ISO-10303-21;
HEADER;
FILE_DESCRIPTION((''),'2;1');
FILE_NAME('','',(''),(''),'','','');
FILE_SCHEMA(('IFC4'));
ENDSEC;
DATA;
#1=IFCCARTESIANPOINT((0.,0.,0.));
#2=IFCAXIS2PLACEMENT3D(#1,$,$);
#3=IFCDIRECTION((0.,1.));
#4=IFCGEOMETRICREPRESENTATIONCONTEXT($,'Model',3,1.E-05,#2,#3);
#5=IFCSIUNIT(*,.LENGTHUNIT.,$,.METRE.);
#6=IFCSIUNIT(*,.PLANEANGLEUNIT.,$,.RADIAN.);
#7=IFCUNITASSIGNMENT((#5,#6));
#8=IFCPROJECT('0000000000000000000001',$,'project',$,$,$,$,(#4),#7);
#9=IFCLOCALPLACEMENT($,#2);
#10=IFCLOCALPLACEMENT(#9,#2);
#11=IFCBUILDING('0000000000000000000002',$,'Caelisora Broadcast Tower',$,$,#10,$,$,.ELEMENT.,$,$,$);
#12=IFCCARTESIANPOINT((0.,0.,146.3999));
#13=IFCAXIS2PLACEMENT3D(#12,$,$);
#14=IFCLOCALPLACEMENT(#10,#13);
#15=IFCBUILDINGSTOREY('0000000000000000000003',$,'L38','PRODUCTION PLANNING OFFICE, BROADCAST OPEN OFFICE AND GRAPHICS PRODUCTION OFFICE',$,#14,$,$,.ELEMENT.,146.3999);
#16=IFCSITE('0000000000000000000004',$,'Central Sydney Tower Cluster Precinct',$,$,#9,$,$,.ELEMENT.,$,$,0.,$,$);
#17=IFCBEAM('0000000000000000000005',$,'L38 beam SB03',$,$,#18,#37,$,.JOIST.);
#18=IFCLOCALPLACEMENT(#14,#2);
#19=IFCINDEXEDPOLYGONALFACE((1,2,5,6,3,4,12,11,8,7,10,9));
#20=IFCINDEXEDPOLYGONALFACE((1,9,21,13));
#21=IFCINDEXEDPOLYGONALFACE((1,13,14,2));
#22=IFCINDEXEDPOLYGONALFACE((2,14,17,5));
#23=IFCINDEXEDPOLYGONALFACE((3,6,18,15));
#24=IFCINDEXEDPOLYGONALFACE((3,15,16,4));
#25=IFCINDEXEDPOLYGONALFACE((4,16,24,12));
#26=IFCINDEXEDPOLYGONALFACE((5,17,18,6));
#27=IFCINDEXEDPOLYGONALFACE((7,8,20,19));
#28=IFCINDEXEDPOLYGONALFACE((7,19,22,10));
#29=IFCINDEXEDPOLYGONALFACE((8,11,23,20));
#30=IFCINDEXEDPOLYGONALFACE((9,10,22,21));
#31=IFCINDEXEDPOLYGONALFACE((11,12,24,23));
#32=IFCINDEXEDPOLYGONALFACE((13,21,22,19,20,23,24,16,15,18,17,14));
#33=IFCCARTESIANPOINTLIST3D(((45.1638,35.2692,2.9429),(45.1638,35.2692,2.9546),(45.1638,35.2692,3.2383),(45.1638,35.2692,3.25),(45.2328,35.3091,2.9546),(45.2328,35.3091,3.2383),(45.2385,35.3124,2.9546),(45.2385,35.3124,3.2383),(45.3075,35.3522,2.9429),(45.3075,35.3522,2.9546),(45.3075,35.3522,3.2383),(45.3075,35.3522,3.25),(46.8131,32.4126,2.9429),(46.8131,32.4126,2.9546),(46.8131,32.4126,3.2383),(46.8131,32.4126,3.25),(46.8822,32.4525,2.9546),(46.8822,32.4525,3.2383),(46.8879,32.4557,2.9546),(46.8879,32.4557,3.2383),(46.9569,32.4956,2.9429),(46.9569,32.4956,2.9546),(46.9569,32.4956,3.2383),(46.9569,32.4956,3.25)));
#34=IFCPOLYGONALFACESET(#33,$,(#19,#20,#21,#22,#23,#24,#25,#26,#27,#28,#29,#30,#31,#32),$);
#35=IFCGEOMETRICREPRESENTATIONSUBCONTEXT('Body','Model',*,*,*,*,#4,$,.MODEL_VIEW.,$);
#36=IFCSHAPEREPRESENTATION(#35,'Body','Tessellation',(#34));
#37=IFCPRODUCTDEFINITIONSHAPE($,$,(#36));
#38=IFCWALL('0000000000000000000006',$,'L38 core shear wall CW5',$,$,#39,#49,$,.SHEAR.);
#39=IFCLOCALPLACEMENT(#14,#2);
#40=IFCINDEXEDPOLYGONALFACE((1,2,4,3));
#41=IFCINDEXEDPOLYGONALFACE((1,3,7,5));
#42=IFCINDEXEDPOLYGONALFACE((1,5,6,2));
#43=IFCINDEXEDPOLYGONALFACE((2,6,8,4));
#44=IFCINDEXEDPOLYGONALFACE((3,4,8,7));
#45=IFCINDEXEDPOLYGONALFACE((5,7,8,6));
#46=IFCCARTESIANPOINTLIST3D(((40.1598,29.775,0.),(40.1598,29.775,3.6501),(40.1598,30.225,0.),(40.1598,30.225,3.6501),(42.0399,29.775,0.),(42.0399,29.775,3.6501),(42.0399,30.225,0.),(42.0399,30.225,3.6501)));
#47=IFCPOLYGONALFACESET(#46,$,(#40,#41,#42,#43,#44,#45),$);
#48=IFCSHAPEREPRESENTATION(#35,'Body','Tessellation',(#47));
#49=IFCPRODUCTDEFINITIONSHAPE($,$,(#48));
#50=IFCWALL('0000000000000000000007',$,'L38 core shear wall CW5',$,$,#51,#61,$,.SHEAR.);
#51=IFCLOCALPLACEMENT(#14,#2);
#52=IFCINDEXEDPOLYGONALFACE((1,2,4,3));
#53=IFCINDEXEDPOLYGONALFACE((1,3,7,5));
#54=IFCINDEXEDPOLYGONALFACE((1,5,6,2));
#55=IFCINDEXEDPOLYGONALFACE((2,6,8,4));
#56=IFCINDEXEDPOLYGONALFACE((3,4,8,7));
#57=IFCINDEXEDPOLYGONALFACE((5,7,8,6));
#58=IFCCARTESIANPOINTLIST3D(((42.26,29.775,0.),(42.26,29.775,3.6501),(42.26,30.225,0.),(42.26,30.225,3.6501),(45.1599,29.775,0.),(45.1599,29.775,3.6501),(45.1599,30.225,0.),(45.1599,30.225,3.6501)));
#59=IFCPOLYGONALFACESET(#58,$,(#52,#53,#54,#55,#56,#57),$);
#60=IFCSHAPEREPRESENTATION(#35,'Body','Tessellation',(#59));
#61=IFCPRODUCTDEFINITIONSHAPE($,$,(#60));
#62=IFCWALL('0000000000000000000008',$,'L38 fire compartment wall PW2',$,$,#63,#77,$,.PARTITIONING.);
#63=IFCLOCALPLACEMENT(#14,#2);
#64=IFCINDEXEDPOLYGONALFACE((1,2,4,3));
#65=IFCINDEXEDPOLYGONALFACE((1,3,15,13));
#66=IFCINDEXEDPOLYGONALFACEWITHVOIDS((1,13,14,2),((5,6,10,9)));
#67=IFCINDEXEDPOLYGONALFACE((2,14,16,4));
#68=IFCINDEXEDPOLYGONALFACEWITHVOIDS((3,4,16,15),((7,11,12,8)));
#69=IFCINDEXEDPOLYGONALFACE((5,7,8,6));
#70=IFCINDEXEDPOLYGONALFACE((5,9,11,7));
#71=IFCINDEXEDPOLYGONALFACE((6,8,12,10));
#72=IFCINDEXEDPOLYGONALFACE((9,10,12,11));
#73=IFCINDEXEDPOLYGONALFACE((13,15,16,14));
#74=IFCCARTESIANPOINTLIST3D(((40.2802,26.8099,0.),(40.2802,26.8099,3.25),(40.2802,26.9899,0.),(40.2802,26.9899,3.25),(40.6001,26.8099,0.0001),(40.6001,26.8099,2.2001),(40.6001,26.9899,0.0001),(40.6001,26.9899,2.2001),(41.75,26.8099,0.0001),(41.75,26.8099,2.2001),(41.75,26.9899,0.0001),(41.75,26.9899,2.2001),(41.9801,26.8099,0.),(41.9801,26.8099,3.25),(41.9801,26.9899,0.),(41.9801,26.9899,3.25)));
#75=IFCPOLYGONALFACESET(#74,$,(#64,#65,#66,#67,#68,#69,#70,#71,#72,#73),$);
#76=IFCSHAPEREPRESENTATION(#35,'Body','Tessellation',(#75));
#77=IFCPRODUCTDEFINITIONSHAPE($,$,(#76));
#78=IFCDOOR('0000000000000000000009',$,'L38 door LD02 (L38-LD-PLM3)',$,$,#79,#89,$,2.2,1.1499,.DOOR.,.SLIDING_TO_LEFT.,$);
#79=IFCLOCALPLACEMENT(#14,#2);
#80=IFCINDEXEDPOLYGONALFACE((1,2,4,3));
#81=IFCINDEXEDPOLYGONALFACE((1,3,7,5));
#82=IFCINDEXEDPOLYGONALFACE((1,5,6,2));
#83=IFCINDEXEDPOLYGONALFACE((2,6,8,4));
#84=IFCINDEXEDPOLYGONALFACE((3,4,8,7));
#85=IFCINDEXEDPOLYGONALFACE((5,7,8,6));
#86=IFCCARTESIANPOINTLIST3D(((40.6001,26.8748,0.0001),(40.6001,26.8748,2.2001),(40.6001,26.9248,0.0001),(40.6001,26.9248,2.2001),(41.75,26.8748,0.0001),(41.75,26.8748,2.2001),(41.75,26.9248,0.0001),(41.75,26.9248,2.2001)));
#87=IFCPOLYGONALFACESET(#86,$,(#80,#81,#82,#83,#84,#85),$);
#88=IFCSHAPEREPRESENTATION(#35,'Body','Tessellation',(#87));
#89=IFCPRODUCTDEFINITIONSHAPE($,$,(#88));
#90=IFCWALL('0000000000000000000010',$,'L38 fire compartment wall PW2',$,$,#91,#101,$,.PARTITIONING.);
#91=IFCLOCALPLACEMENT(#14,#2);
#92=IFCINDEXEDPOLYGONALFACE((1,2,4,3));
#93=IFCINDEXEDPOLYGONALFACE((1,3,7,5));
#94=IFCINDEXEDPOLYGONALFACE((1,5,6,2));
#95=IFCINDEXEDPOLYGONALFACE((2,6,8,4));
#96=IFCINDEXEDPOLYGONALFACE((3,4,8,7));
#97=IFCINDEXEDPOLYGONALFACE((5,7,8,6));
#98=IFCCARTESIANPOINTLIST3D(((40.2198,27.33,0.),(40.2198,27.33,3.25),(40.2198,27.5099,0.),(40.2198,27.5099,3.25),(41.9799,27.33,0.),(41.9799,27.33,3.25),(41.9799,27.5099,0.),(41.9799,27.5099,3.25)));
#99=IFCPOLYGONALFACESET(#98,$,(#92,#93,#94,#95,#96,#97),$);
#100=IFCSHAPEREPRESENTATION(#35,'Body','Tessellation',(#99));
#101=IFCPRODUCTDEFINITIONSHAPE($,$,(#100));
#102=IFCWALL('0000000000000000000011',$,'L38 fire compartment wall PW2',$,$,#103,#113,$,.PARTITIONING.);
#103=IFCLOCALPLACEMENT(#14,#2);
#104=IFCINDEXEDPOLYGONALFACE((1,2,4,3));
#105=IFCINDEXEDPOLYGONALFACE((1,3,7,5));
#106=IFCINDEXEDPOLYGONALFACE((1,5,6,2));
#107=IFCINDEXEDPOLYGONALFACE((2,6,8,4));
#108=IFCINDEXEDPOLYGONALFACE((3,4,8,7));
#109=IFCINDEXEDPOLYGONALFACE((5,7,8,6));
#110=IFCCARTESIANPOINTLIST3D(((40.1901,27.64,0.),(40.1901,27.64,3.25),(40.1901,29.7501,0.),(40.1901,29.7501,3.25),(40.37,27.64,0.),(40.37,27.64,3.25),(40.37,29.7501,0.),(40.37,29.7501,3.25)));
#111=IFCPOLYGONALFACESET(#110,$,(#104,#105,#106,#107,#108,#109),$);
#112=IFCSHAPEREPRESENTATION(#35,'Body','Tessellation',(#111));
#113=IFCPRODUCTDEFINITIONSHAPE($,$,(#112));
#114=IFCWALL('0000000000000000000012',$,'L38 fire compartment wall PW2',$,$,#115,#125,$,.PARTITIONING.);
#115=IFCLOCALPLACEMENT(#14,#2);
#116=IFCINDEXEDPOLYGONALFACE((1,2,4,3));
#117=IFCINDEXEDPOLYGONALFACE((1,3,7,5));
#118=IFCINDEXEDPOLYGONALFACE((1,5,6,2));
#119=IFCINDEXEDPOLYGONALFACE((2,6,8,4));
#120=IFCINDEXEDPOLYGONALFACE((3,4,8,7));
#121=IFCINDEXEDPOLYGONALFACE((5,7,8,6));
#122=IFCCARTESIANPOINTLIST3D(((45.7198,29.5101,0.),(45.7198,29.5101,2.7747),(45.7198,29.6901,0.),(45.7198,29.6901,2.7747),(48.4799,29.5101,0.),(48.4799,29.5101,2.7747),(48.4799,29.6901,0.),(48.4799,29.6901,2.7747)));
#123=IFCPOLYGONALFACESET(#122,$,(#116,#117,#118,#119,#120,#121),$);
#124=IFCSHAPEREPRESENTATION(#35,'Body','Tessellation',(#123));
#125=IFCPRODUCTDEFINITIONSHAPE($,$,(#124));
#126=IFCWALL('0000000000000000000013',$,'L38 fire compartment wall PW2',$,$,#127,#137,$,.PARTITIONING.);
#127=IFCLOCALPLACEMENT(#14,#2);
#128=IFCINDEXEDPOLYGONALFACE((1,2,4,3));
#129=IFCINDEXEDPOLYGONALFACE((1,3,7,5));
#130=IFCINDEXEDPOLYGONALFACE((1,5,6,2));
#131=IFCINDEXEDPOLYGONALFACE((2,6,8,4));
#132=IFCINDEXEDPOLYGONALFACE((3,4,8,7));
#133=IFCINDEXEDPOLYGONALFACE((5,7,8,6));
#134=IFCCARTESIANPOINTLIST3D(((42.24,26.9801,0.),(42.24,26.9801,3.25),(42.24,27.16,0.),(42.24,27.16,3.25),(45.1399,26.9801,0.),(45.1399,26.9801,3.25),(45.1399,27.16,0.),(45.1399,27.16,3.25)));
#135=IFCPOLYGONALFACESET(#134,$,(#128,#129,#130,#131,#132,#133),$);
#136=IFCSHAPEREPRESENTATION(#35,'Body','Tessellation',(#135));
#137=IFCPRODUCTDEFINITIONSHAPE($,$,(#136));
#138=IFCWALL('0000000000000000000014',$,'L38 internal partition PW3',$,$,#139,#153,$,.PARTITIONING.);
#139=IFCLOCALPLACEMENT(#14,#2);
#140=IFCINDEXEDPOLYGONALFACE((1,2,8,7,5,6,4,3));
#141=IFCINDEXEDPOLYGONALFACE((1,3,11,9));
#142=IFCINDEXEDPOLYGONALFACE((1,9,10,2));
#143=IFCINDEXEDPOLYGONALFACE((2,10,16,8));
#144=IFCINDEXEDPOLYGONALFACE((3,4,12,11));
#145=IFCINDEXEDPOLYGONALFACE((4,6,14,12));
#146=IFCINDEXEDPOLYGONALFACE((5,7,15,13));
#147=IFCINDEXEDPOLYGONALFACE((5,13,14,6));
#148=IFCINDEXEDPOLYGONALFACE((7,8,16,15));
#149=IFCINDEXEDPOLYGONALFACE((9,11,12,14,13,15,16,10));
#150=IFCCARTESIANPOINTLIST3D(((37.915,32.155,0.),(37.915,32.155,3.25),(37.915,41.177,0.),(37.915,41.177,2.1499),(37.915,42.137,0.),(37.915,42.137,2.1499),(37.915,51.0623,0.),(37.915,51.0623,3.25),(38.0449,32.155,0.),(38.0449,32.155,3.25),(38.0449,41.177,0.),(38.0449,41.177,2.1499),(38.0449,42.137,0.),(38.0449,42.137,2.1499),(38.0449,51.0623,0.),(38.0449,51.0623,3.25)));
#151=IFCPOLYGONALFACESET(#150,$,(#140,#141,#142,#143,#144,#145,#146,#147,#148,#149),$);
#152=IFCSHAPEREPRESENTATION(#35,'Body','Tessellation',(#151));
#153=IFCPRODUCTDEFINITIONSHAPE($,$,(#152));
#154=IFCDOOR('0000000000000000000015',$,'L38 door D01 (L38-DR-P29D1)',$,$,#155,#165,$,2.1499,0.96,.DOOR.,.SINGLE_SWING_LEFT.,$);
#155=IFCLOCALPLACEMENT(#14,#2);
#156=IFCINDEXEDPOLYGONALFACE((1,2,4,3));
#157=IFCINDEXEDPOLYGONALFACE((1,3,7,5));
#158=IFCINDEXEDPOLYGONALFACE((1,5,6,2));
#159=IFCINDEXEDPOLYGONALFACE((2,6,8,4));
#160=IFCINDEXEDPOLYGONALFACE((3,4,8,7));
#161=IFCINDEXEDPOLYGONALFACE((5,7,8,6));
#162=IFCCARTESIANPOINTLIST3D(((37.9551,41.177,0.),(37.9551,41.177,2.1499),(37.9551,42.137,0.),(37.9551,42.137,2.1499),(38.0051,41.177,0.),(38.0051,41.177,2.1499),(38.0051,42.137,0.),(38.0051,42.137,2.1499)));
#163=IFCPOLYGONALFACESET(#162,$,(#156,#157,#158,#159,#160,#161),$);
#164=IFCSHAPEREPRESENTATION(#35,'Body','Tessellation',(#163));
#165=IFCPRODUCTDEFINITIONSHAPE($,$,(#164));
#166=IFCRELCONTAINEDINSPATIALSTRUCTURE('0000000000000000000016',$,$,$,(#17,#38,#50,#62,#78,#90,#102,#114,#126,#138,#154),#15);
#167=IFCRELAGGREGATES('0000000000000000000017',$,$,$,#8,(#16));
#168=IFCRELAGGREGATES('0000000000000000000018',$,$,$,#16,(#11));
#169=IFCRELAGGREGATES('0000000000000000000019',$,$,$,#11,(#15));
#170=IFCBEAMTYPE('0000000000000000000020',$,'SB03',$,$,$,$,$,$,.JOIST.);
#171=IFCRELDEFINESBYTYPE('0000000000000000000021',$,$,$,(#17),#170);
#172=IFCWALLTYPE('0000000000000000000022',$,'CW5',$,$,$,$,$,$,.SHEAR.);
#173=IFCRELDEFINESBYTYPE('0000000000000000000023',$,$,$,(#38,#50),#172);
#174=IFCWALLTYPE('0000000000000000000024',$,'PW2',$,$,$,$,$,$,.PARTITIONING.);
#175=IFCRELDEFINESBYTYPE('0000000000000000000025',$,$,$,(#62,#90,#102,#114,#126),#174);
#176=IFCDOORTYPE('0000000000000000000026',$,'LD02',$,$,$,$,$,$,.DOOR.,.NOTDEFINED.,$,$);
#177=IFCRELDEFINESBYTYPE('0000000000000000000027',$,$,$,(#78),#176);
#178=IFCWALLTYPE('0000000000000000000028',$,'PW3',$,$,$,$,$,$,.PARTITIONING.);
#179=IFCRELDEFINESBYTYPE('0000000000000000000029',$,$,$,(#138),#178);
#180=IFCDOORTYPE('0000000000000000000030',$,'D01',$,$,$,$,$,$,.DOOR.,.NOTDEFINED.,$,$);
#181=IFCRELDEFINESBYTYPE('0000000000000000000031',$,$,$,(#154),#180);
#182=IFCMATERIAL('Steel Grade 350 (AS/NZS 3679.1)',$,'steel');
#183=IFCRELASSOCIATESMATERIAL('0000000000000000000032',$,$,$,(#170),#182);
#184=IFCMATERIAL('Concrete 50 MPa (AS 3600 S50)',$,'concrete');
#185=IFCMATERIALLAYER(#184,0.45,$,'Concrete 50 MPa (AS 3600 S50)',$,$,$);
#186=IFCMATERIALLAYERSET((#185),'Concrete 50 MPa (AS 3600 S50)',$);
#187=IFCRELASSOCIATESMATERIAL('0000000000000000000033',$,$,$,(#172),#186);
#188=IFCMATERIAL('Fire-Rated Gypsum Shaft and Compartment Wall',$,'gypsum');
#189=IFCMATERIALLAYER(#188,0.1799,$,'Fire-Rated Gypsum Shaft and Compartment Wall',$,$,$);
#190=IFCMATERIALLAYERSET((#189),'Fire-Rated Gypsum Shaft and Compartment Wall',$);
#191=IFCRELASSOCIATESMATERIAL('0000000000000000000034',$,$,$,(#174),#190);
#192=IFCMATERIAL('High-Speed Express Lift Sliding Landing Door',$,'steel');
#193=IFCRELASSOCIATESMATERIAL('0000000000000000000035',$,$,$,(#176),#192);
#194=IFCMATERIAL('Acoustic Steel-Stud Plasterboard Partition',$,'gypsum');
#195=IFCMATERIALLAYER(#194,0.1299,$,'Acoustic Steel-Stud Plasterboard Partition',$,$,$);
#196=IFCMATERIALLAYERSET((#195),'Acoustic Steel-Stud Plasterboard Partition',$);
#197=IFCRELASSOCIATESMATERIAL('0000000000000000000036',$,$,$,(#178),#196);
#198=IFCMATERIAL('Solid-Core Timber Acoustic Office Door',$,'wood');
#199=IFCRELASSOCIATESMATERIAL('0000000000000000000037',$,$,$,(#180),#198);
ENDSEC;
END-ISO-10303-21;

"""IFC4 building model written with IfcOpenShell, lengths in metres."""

from ifc_helpers import new_model, si_unit, direction, frame, frame_2d, origin, origin_2d, place, context, subcontext, project, spatial, rectangle, i_section, extrude, source, transform, mapped, material, layer, layer_set, material_profile, profile_set, type_object, element, fill, save


model = new_model("IFC4")

# Units and contexts
model_context = context("Model", 3, precision=1e-05, world=origin(), true_north=direction((0.0, 1.0)))
body_context = subcontext(model_context, "Body", "Model", "MODEL_VIEW")
ifc_project = project(units=[si_unit("LENGTHUNIT", "METRE"), si_unit("PLANEANGLEUNIT", "RADIAN")], contexts=[model_context])

# Site, building, storey
site_placement = place(None, origin())
site = spatial("IfcSite", under=ifc_project, at=site_placement, Name="Central Sydney Tower Cluster Precinct", CompositionType="ELEMENT", RefElevation=0.0)
building_placement = place(site_placement, origin())
building = spatial("IfcBuilding", under=site, at=building_placement, Name="Caelisora Broadcast Tower", CompositionType="ELEMENT")
storey_placement = place(building_placement, frame((0.0, 0.0, 146.3999)))
storey = spatial("IfcBuildingStorey", under=building, at=storey_placement, Name="L38", Description="PRODUCTION PLANNING OFFICE, BROADCAST OPEN OFFICE AND GRAPHICS PRODUCTION OFFICE", CompositionType="ELEMENT", Elevation=146.3999)

# Beam
ifc_material_1 = material(Name="Steel Grade 350 (AS/NZS 3679.1)", Category="steel")
ifc_material_profile_1 = material_profile(ifc_material_1, i_section(OverallWidth=0.166, OverallDepth=0.3071, WebThickness=0.0066, FlangeThickness=0.0117, at=origin_2d()), Name="Steel Grade 350 (AS/NZS 3679.1)")
ifc_profile_set_1 = profile_set([ifc_material_profile_1], Name="Steel Grade 350 (AS/NZS 3679.1)")
beam_type_1 = type_object("IfcBeamType", Name="SB03", PredefinedType="JOIST", material=ifc_profile_set_1)
shared_shape_1 = source(origin(), body_context, "Body", "SweptSolid", [
    extrude(i_section(OverallWidth=0.166, OverallDepth=0.3071, WebThickness=0.0066, FlangeThickness=0.0117, at=origin_2d()), origin(), (0.0, 0.0, 1.0), 3.2986),
])
beam_1_placement = place(storey_placement, frame((46.885, 32.4541, 3.0964), z_axis=(-0.500024, 0.866012, 0.0), x_axis=(-0.866012, -0.500024, 0.0)))
element("IfcBeam", 1, at=beam_1_placement, inside=storey, type_object=beam_type_1, Name="L38 beam SB03", PredefinedType="JOIST", context=body_context, shape_type="MappedRepresentation", body=[
    mapped(shared_shape_1, transform((0.0, 0.0, 0.0), scale=1.0)),
])

# Walls
ifc_material_2 = material(Name="Concrete 50 MPa (AS 3600 S50)", Category="concrete")
ifc_layer_1 = layer(ifc_material_2, 0.45, Name="Concrete 50 MPa (AS 3600 S50)")
ifc_layer_set_1 = layer_set([ifc_layer_1], Name="Concrete 50 MPa (AS 3600 S50)")
wall_type_1 = type_object("IfcWallType", Name="CW5", PredefinedType="SHEAR", material=ifc_layer_set_1)
wall_1_placement = place(storey_placement, frame((40.1599, 30.0, 0.0), z_axis=(0.0, 0.0, 1.0), x_axis=(1.0, 0.0, 0.0)))
element("IfcWall", 2, at=wall_1_placement, inside=storey, type_object=wall_type_1, Name="L38 core shear wall CW5", PredefinedType="SHEAR", context=body_context, shape_type="SweptSolid", body=[
    extrude(rectangle(XDim=1.8801, YDim=0.45, at=frame_2d((0.9399, 0.0))), origin(), (0.0, 0.0, 1.0), 3.6501),
])
wall_2_placement = place(storey_placement, frame((42.26, 30.0, 0.0), z_axis=(0.0, 0.0, 1.0), x_axis=(1.0, 0.0, 0.0)))
element("IfcWall", 3, at=wall_2_placement, inside=storey, type_object=wall_type_1, Name="L38 core shear wall CW5", PredefinedType="SHEAR", context=body_context, shape_type="SweptSolid", body=[
    extrude(rectangle(XDim=2.8999, YDim=0.45, at=frame_2d((1.45, 0.0))), origin(), (0.0, 0.0, 1.0), 3.6501),
])

# Wall, opening, door
ifc_material_3 = material(Name="Fire-Rated Gypsum Shaft and Compartment Wall", Category="gypsum")
ifc_layer_2 = layer(ifc_material_3, 0.1799, Name="Fire-Rated Gypsum Shaft and Compartment Wall")
ifc_layer_set_2 = layer_set([ifc_layer_2], Name="Fire-Rated Gypsum Shaft and Compartment Wall")
wall_type_2 = type_object("IfcWallType", Name="PW2", PredefinedType="PARTITIONING", material=ifc_layer_set_2)
wall_3_placement = place(storey_placement, frame((40.28, 26.8999, 0.0), z_axis=(0.0, 0.0, 1.0), x_axis=(1.0, 0.0, 0.0)))
wall_3 = element("IfcWall", 4, at=wall_3_placement, inside=storey, type_object=wall_type_2, Name="L38 fire compartment wall PW2", PredefinedType="PARTITIONING", context=body_context, shape_type="SweptSolid", body=[
    extrude(rectangle(XDim=1.7, YDim=0.1799, at=frame_2d((0.8501, 0.0))), origin(), (0.0, 0.0, 1.0), 3.25),
])
opening_1_placement = place(wall_3_placement, frame((0.3201, 0.0, 0.0)))
opening_1 = element("IfcOpeningElement", 5, at=opening_1_placement, cuts=wall_3, PredefinedType="OPENING", context=body_context, shape_type="SweptSolid", body=[
    extrude(rectangle(XDim=1.1499, YDim=2.2, at=frame_2d((0.575, 1.1001))), frame((0.0, 0.1021, 0.0), z_axis=(0.0, -1.0, 0.0), x_axis=(1.0, 0.0, 0.0)), (0.0, 0.0, 1.0), 0.2039),
])
ifc_material_4 = material(Name="High-Speed Express Lift Sliding Landing Door", Category="steel")
door_type_1 = type_object("IfcDoorType", Name="LD02", OperationType="NOTDEFINED", PredefinedType="DOOR", material=ifc_material_4)
door_1_placement = place(opening_1_placement, origin())
door_1 = element("IfcDoor", 6, at=door_1_placement, inside=storey, type_object=door_type_1, Name="L38 door LD02 (L38-LD-PLM3)", OperationType="SLIDING_TO_LEFT", OverallHeight=2.2, OverallWidth=1.1499, PredefinedType="DOOR", context=body_context, shape_type="SweptSolid", body=[
    extrude(rectangle(XDim=1.1499, YDim=2.2, at=frame_2d((0.575, 1.1001))), frame((0.0, 0.0249, 0.0), z_axis=(0.0, -1.0, 0.0), x_axis=(1.0, 0.0, 0.0)), (0.0, 0.0, 1.0), 0.05),
])
fill(opening_1, door_1)

# Walls
wall_4_placement = place(storey_placement, frame((40.22, 27.4199, 0.0), z_axis=(0.0, 0.0, 1.0), x_axis=(1.0, 0.0, 0.0)))
element("IfcWall", 7, at=wall_4_placement, inside=storey, type_object=wall_type_2, Name="L38 fire compartment wall PW2", PredefinedType="PARTITIONING", context=body_context, shape_type="SweptSolid", body=[
    extrude(rectangle(XDim=1.76, YDim=0.1799, at=frame_2d((0.8799, 0.0))), origin(), (0.0, 0.0, 1.0), 3.25),
])
wall_5_placement = place(storey_placement, frame((40.28, 27.6399, 0.0), z_axis=(0.0, 0.0, 1.0), x_axis=(0.0, 1.0, 0.0)))
element("IfcWall", 8, at=wall_5_placement, inside=storey, type_object=wall_type_2, Name="L38 fire compartment wall PW2", PredefinedType="PARTITIONING", context=body_context, shape_type="SweptSolid", body=[
    extrude(rectangle(XDim=2.1101, YDim=0.1799, at=frame_2d((1.0552, 0.0))), origin(), (0.0, 0.0, 1.0), 3.25),
])
wall_6_placement = place(storey_placement, frame((45.72, 29.6001, 0.0), z_axis=(0.0, 0.0, 1.0), x_axis=(1.0, 0.0, 0.0)))
element("IfcWall", 9, at=wall_6_placement, inside=storey, type_object=wall_type_2, Name="L38 fire compartment wall PW2", PredefinedType="PARTITIONING", context=body_context, shape_type="SweptSolid", body=[
    extrude(rectangle(XDim=2.76, YDim=0.1799, at=frame_2d((1.3799, 0.0))), origin(), (0.0, 0.0, 1.0), 2.7747),
])
wall_7_placement = place(storey_placement, frame((42.24, 27.0701, 0.0), z_axis=(0.0, 0.0, 1.0), x_axis=(1.0, 0.0, 0.0)))
element("IfcWall", 10, at=wall_7_placement, inside=storey, type_object=wall_type_2, Name="L38 fire compartment wall PW2", PredefinedType="PARTITIONING", context=body_context, shape_type="SweptSolid", body=[
    extrude(rectangle(XDim=2.8999, YDim=0.1799, at=frame_2d((1.45, 0.0))), origin(), (0.0, 0.0, 1.0), 3.25),
])

# Wall, opening, door
ifc_material_5 = material(Name="Acoustic Steel-Stud Plasterboard Partition", Category="gypsum")
ifc_layer_3 = layer(ifc_material_5, 0.1299, Name="Acoustic Steel-Stud Plasterboard Partition")
ifc_layer_set_3 = layer_set([ifc_layer_3], Name="Acoustic Steel-Stud Plasterboard Partition")
wall_type_3 = type_object("IfcWallType", Name="PW3", PredefinedType="PARTITIONING", material=ifc_layer_set_3)
wall_8_placement = place(storey_placement, frame((37.98, 32.155, 0.0), z_axis=(0.0, 0.0, 1.0), x_axis=(0.0, 1.0, 0.0)))
wall_8 = element("IfcWall", 11, at=wall_8_placement, inside=storey, type_object=wall_type_3, Name="L38 internal partition PW3", PredefinedType="PARTITIONING", context=body_context, shape_type="SweptSolid", body=[
    extrude(rectangle(XDim=18.9072, YDim=0.1299, at=frame_2d((9.4536, 0.0))), origin(), (0.0, 0.0, 1.0), 3.25),
])
opening_2_placement = place(wall_8_placement, frame((9.022, 0.0, 0.0)))
opening_2 = element("IfcOpeningElement", 12, at=opening_2_placement, cuts=wall_8, PredefinedType="OPENING", context=body_context, shape_type="SweptSolid", body=[
    extrude(rectangle(XDim=0.96, YDim=2.1499, at=frame_2d((0.48, 1.075))), frame((0.0, 0.0769, 0.0), z_axis=(0.0, -1.0, 0.0), x_axis=(1.0, 0.0, 0.0)), (0.0, 0.0, 1.0), 0.1538),
])
ifc_material_6 = material(Name="Solid-Core Timber Acoustic Office Door", Category="wood")
door_type_2 = type_object("IfcDoorType", Name="D01", OperationType="NOTDEFINED", PredefinedType="DOOR", material=ifc_material_6)
door_2_placement = place(opening_2_placement, origin())
door_2 = element("IfcDoor", 13, at=door_2_placement, inside=storey, type_object=door_type_2, Name="L38 door D01 (L38-DR-P29D1)", OperationType="SINGLE_SWING_LEFT", OverallHeight=2.1499, OverallWidth=0.96, PredefinedType="DOOR", context=body_context, shape_type="SweptSolid", body=[
    extrude(rectangle(XDim=0.96, YDim=2.1499, at=frame_2d((0.48, 1.075))), frame((0.0, 0.0249, 0.0), z_axis=(0.0, -1.0, 0.0), x_axis=(1.0, 0.0, 0.0)), (0.0, 0.0, 1.0), 0.05),
])
fill(opening_2, door_2)

save(model, "model.ifc")
